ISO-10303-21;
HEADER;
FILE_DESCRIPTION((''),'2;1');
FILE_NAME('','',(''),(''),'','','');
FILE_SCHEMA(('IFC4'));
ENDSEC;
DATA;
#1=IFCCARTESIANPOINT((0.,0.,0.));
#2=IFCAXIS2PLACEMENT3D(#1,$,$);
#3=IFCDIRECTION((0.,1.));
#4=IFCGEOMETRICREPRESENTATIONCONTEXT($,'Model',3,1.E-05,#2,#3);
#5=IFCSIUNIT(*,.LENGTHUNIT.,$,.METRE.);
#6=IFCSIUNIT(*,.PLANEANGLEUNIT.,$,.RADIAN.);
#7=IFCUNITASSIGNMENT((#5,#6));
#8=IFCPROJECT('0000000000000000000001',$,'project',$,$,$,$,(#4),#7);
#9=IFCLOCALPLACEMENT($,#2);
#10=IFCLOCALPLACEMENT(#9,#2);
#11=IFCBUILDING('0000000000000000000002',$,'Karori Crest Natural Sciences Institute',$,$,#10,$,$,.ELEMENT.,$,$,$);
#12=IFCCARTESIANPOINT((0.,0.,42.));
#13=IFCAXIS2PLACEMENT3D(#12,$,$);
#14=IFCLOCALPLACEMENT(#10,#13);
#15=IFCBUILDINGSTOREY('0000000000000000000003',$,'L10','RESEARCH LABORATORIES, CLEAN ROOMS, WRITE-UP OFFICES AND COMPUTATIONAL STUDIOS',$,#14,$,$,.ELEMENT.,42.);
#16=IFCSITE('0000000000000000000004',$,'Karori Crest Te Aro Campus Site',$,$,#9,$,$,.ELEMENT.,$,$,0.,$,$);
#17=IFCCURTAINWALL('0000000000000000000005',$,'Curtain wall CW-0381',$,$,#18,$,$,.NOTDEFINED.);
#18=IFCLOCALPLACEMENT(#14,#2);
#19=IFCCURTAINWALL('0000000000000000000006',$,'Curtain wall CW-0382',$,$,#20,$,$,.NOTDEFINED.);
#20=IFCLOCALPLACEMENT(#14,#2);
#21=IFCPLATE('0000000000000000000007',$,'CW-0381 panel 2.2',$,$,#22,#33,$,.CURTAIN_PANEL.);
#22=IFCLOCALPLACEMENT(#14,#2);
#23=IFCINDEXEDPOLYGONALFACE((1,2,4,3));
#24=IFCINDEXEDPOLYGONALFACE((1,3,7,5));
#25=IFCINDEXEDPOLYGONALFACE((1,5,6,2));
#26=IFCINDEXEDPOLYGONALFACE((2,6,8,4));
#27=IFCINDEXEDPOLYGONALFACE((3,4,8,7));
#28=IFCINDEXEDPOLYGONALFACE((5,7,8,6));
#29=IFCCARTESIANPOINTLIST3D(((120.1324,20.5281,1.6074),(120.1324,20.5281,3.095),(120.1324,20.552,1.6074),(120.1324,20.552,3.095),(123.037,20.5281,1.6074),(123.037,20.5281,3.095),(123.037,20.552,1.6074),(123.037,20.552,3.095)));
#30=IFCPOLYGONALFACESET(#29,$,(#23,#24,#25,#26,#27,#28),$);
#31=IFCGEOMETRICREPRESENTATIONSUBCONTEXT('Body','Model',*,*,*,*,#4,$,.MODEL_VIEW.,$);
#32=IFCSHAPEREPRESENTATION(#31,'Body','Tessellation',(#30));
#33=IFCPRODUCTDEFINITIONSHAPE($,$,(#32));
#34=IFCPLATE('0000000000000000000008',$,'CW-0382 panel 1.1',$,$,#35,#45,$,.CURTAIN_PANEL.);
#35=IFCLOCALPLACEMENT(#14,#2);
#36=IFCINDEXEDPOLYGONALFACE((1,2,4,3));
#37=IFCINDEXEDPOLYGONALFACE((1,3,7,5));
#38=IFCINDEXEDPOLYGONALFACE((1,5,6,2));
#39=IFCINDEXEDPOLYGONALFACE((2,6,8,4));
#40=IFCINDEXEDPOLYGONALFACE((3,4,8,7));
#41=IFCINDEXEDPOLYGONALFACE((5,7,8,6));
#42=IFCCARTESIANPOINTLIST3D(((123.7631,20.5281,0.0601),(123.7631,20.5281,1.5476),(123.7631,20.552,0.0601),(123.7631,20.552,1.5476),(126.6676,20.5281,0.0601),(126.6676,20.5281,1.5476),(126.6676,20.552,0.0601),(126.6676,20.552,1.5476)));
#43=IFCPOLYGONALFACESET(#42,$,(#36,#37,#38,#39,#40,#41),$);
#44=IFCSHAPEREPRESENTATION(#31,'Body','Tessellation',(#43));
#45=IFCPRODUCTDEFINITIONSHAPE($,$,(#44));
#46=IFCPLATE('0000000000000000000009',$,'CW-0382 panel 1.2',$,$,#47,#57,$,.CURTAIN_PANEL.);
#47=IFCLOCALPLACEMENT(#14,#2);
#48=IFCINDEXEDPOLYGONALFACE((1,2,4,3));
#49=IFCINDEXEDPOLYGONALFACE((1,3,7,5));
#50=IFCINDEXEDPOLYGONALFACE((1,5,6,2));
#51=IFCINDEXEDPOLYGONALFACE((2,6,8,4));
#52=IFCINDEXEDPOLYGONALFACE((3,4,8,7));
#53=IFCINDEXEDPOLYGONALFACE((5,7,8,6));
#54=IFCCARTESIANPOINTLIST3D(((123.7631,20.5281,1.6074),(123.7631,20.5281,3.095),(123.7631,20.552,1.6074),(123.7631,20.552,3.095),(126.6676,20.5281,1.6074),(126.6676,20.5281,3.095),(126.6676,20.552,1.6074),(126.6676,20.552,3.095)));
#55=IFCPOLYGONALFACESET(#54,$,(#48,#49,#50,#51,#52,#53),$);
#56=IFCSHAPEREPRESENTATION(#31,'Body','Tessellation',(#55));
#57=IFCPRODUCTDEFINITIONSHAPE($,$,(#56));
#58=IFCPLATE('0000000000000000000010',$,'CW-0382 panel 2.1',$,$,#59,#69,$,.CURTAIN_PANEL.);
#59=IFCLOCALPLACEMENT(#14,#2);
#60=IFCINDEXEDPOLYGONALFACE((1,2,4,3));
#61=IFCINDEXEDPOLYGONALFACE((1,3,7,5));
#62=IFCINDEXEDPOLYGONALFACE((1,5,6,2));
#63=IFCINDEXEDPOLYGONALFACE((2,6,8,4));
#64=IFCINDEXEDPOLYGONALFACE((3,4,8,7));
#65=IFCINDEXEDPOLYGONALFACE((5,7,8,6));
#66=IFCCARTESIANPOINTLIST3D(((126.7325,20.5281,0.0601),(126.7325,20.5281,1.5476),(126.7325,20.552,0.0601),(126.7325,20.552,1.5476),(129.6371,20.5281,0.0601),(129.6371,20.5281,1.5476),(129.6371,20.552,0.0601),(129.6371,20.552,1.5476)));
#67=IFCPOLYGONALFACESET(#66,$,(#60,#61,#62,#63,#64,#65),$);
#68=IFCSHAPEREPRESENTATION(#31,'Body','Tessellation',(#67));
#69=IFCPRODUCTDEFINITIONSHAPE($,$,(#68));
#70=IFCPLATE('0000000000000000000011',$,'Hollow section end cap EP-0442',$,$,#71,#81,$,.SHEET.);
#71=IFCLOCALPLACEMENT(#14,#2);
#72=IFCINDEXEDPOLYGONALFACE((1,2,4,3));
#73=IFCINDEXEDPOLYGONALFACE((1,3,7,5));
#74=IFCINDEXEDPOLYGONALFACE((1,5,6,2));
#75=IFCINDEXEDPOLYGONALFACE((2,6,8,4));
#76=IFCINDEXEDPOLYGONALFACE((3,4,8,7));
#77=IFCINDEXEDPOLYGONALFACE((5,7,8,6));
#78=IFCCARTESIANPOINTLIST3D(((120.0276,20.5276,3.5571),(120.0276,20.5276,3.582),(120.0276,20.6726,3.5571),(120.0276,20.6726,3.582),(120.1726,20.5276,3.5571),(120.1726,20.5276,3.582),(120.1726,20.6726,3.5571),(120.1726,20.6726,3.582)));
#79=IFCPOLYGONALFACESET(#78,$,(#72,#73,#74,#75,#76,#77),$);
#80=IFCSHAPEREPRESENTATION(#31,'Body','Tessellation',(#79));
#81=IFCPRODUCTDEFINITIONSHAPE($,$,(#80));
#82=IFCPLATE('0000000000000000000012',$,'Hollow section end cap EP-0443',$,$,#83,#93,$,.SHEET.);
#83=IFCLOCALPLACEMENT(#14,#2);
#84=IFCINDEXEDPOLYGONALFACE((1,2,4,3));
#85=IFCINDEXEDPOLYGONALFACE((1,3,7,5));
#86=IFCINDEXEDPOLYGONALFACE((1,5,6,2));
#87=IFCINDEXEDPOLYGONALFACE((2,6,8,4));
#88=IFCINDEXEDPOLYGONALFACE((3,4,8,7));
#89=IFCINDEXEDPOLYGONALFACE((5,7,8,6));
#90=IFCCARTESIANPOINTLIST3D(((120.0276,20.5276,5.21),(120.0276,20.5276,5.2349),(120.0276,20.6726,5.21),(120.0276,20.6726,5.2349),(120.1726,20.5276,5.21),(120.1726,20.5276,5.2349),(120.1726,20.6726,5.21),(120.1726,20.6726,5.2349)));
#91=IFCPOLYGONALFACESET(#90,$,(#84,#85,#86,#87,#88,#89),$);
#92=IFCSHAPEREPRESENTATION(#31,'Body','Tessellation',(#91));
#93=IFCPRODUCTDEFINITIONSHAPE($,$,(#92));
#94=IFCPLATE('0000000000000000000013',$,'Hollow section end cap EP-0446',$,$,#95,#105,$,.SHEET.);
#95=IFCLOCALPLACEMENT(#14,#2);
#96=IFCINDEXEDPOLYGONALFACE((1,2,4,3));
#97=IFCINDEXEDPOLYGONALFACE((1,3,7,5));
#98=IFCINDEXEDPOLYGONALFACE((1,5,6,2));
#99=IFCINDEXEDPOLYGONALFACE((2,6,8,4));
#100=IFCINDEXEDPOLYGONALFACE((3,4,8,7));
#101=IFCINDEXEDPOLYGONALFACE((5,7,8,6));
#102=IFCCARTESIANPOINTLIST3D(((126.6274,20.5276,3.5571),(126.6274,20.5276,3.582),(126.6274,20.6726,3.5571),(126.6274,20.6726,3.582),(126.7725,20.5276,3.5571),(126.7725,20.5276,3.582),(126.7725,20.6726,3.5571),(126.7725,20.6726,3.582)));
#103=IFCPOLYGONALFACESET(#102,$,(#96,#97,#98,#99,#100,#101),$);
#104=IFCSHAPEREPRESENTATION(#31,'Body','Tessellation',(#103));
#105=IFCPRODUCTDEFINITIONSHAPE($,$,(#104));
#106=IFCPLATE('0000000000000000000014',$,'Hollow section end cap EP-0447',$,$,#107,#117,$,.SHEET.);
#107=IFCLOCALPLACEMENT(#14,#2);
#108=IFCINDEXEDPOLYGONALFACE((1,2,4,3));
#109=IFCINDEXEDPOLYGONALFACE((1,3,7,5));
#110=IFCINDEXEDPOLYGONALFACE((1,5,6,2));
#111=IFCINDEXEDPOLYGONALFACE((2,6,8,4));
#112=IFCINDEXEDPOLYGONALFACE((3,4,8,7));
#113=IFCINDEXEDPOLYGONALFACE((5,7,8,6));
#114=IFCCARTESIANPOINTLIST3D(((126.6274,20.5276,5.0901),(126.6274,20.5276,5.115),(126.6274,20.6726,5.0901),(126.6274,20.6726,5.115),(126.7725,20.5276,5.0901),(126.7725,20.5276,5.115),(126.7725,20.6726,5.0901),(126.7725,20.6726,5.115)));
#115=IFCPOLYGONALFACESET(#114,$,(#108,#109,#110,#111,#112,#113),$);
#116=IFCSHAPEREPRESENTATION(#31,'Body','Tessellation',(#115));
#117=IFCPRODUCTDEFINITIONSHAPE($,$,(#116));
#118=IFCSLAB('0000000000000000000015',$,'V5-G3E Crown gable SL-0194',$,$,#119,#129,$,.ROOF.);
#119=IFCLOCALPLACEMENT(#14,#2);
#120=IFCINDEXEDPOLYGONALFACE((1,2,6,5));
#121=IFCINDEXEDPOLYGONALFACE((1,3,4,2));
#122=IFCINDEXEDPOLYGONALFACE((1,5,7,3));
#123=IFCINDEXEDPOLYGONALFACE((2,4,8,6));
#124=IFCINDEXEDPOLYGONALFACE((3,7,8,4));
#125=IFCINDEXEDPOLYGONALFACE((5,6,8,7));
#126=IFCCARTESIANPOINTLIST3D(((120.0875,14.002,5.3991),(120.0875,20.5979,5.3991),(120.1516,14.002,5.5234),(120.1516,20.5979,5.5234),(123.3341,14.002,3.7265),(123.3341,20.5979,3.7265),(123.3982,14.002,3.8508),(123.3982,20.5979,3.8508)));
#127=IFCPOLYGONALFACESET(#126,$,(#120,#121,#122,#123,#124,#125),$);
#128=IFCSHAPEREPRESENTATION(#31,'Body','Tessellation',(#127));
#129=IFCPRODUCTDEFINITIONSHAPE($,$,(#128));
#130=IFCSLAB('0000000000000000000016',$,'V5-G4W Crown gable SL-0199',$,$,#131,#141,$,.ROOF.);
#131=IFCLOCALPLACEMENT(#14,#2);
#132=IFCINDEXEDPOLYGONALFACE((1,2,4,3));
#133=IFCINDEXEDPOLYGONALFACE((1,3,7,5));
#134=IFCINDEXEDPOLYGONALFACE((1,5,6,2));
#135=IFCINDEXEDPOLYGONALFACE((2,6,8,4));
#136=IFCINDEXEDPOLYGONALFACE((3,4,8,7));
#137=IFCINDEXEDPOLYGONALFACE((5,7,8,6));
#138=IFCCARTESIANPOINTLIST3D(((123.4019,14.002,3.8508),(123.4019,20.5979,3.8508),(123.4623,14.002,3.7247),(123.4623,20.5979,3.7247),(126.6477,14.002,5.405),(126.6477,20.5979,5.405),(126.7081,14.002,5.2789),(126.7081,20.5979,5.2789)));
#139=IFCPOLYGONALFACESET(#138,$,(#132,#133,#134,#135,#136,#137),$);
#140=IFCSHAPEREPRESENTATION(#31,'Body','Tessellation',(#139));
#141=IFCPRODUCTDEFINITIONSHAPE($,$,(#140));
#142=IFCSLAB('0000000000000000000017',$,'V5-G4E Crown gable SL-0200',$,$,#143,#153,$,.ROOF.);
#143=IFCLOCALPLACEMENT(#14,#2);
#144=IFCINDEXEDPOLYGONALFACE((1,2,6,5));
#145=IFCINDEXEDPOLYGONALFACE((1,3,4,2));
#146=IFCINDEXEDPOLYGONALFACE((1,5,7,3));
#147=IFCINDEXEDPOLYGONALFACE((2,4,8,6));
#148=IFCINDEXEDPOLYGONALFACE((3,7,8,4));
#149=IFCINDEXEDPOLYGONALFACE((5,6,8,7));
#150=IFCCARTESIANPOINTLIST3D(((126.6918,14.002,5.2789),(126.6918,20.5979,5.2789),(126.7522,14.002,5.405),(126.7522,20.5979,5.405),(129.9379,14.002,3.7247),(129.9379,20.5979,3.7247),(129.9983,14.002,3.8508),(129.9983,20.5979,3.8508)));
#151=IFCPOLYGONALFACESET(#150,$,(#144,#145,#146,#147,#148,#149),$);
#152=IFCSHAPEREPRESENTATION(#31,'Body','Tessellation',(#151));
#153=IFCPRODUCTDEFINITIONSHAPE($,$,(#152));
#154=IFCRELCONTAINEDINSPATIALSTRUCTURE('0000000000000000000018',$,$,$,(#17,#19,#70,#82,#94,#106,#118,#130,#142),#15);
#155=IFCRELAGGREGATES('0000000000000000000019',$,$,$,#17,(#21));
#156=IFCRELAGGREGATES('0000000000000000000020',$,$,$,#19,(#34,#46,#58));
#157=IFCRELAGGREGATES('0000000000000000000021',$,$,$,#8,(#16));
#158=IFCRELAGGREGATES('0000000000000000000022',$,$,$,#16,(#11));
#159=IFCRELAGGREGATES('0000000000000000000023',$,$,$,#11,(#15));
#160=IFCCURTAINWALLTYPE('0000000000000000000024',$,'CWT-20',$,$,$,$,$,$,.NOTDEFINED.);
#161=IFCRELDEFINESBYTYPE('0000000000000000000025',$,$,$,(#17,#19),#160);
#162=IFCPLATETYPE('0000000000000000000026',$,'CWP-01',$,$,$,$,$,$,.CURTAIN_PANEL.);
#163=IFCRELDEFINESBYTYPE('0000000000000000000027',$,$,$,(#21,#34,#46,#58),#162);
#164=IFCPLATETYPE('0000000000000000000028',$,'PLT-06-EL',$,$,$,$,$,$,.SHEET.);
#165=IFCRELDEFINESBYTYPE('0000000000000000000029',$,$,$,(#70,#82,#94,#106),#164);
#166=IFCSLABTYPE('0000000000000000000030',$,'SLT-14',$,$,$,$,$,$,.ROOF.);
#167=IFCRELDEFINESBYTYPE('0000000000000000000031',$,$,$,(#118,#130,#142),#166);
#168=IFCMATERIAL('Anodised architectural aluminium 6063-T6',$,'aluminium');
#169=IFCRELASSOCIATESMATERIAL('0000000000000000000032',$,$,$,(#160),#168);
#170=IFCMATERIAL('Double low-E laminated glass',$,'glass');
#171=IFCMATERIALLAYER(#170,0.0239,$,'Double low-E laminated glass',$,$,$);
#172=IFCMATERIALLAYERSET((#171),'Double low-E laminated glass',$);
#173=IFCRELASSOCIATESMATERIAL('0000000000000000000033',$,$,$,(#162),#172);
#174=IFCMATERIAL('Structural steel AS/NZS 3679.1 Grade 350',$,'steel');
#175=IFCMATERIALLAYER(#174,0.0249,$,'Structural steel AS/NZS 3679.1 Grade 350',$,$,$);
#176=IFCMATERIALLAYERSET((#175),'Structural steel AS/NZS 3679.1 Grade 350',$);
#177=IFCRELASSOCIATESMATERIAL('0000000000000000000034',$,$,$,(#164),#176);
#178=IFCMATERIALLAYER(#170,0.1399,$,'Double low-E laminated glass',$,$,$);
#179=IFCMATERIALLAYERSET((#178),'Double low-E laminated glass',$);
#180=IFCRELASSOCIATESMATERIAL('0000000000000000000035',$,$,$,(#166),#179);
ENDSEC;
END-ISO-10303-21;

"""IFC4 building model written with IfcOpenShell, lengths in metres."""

from ifc_helpers import new_model, si_unit, direction, frame, origin, origin_2d, place, context, subcontext, project, spatial, polyline, rectangle, outline, extrude, material, layer, layer_set, type_object, element, aggregate, save


model = new_model("IFC4")

# Units and contexts
model_context = context("Model", 3, precision=1e-05, world=origin(), true_north=direction((0.0, 1.0)))
body_context = subcontext(model_context, "Body", "Model", "MODEL_VIEW")
ifc_project = project(units=[si_unit("LENGTHUNIT", "METRE"), si_unit("PLANEANGLEUNIT", "RADIAN")], contexts=[model_context])

# Site, building, storey
site_placement = place(None, origin())
site = spatial("IfcSite", under=ifc_project, at=site_placement, Name="Karori Crest Te Aro Campus Site", CompositionType="ELEMENT", RefElevation=0.0)
building_placement = place(site_placement, origin())
building = spatial("IfcBuilding", under=site, at=building_placement, Name="Karori Crest Natural Sciences Institute", CompositionType="ELEMENT")
storey_placement = place(building_placement, frame((0.0, 0.0, 42.0)))
storey = spatial("IfcBuildingStorey", under=building, at=storey_placement, Name="L10", Description="RESEARCH LABORATORIES, CLEAN ROOMS, WRITE-UP OFFICES AND COMPUTATIONAL STUDIOS", CompositionType="ELEMENT", Elevation=42.0)

# Shared definitions
ifc_material_1 = material(Name="Structural steel AS/NZS 3679.1 Grade 350", Category="steel")

# Curtain walls
ifc_material_2 = material(Name="Anodised architectural aluminium 6063-T6", Category="aluminium")
curtain_wall_type = type_object("IfcCurtainWallType", Name="CWT-20", PredefinedType="NOTDEFINED", material=ifc_material_2)
curtain_wall_1_placement = place(storey_placement, origin())
curtain_wall_1 = element("IfcCurtainWall", 1, at=curtain_wall_1_placement, inside=storey, type_object=curtain_wall_type, Name="Curtain wall CW-0381", PredefinedType="NOTDEFINED")
curtain_wall_2_placement = place(storey_placement, origin())
curtain_wall_2 = element("IfcCurtainWall", 2, at=curtain_wall_2_placement, inside=storey, type_object=curtain_wall_type, Name="Curtain wall CW-0382", PredefinedType="NOTDEFINED")

# Plates
ifc_material_3 = material(Name="Double low-E laminated glass", Category="glass")
ifc_layer_1 = layer(ifc_material_3, 0.0239, Name="Double low-E laminated glass")
ifc_layer_set_1 = layer_set([ifc_layer_1], Name="Double low-E laminated glass")
plate_type_1 = type_object("IfcPlateType", Name="CWP-01", PredefinedType="CURTAIN_PANEL", material=ifc_layer_set_1)
plate_1_placement = place(storey_placement, frame((121.5847, 20.54, 1.6074), z_axis=(0.0, 0.0, 1.0), x_axis=(1.0, 0.0, 0.0)))
plate_1 = element("IfcPlate", 3, at=plate_1_placement, type_object=plate_type_1, Name="CW-0381 panel 2.2", PredefinedType="CURTAIN_PANEL", context=body_context, shape_type="SweptSolid", body=[
    extrude(rectangle(XDim=2.9045, YDim=0.0239, at=origin_2d()), origin(), (0.0, 0.0, 1.0), 1.4875),
])
aggregate(curtain_wall_1, [plate_1])
plate_2_placement = place(storey_placement, frame((125.2153, 20.54, 0.0601), z_axis=(0.0, 0.0, 1.0), x_axis=(1.0, 0.0, 0.0)))
plate_2 = element("IfcPlate", 4, at=plate_2_placement, type_object=plate_type_1, Name="CW-0382 panel 1.1", PredefinedType="CURTAIN_PANEL", context=body_context, shape_type="SweptSolid", body=[
    extrude(rectangle(XDim=2.9045, YDim=0.0239, at=origin_2d()), origin(), (0.0, 0.0, 1.0), 1.4875),
])
plate_3_placement = place(storey_placement, frame((125.2153, 20.54, 1.6074), z_axis=(0.0, 0.0, 1.0), x_axis=(1.0, 0.0, 0.0)))
plate_3 = element("IfcPlate", 5, at=plate_3_placement, type_object=plate_type_1, Name="CW-0382 panel 1.2", PredefinedType="CURTAIN_PANEL", context=body_context, shape_type="SweptSolid", body=[
    extrude(rectangle(XDim=2.9045, YDim=0.0239, at=origin_2d()), origin(), (0.0, 0.0, 1.0), 1.4875),
])
plate_4_placement = place(storey_placement, frame((128.1848, 20.54, 0.0601), z_axis=(0.0, 0.0, 1.0), x_axis=(1.0, 0.0, 0.0)))
plate_4 = element("IfcPlate", 6, at=plate_4_placement, type_object=plate_type_1, Name="CW-0382 panel 2.1", PredefinedType="CURTAIN_PANEL", context=body_context, shape_type="SweptSolid", body=[
    extrude(rectangle(XDim=2.9045, YDim=0.0239, at=origin_2d()), origin(), (0.0, 0.0, 1.0), 1.4875),
])
aggregate(curtain_wall_2, [plate_2, plate_3, plate_4])

# Plates
ifc_layer_2 = layer(ifc_material_1, 0.0249, Name="Structural steel AS/NZS 3679.1 Grade 350")
ifc_layer_set_2 = layer_set([ifc_layer_2], Name="Structural steel AS/NZS 3679.1 Grade 350")
plate_type_2 = type_object("IfcPlateType", Name="PLT-06-EL", PredefinedType="SHEET", material=ifc_layer_set_2)
for number, where, z_axis, x_axis, name in (
    (7, (120.1001, 20.6001, 3.5571), (0.0, 0.0, 1.0), (1.0, 0.0, 0.0), "Hollow section end cap EP-0442"),
    (8, (120.1001, 20.6001, 5.21), (0.0, 0.0, 1.0), (1.0, 0.0, 0.0), "Hollow section end cap EP-0443"),
    (9, (126.7, 20.6001, 3.5571), (0.0, 0.0, 1.0), (1.0, 0.0, 0.0), "Hollow section end cap EP-0446"),
    (10, (126.7, 20.6001, 5.0901), (0.0, 0.0, 1.0), (1.0, 0.0, 0.0), "Hollow section end cap EP-0447"),
):
    element("IfcPlate", number, at=place(storey_placement, frame(where, z_axis=z_axis, x_axis=x_axis)), inside=storey, type_object=plate_type_2, Name=name, PredefinedType="SHEET", context=body_context, shape_type="SweptSolid", body=[
        extrude(rectangle(XDim=0.145, YDim=0.145, at=origin_2d()), origin(), (0.0, 0.0, 1.0), 0.0249),
    ])

# Slabs
ifc_layer_3 = layer(ifc_material_3, 0.1399, Name="Double low-E laminated glass")
ifc_layer_set_3 = layer_set([ifc_layer_3], Name="Double low-E laminated glass")
slab_type = type_object("IfcSlabType", Name="SLT-14", PredefinedType="ROOF", material=ifc_layer_set_3)
slab_1_placement = place(storey_placement, frame((120.1516, 14.002, 5.5234), z_axis=(0.457984, 0.0, 0.888961), x_axis=(0.888961, 0.0, -0.457984)))
element("IfcSlab", 11, at=slab_1_placement, inside=storey, type_object=slab_type, Name="V5-G3E Crown gable SL-0194", PredefinedType="ROOF", context=body_context, shape_type="SweptSolid", body=[
    extrude(outline(polyline([(0.0, 0.0), (3.6521, 0.0), (3.6521, 6.5959), (0.0, 6.5959), (0.0, 0.0)])), origin(), (0.0, 0.0, -1.0), 0.1399),
])
slab_2_placement = place(storey_placement, frame((123.4019, 14.002, 3.8508), z_axis=(-0.431871, 0.0, 0.901936), x_axis=(0.901936, 0.0, 0.431871)))
element("IfcSlab", 12, at=slab_2_placement, inside=storey, type_object=slab_type, Name="V5-G4W Crown gable SL-0199", PredefinedType="ROOF", context=body_context, shape_type="SweptSolid", body=[
    extrude(outline(polyline([(0.0, 0.0), (3.5988, 0.0), (3.5988, 6.5959), (0.0, 6.5959), (0.0, 0.0)])), origin(), (0.0, 0.0, -1.0), 0.1399),
])
slab_3_placement = place(storey_placement, frame((126.7522, 14.002, 5.405), z_axis=(0.431844, 0.0, 0.901948), x_axis=(0.901948, 0.0, -0.431844)))
element("IfcSlab", 13, at=slab_3_placement, inside=storey, type_object=slab_type, Name="V5-G4E Crown gable SL-0200", PredefinedType="ROOF", context=body_context, shape_type="SweptSolid", body=[
    extrude(outline(polyline([(0.0, 0.0), (3.599, 0.0), (3.599, 6.5959), (0.0, 6.5959), (0.0, 0.0)])), origin(), (0.0, 0.0, -1.0), 0.1399),
])

save(model, "model.ifc")
